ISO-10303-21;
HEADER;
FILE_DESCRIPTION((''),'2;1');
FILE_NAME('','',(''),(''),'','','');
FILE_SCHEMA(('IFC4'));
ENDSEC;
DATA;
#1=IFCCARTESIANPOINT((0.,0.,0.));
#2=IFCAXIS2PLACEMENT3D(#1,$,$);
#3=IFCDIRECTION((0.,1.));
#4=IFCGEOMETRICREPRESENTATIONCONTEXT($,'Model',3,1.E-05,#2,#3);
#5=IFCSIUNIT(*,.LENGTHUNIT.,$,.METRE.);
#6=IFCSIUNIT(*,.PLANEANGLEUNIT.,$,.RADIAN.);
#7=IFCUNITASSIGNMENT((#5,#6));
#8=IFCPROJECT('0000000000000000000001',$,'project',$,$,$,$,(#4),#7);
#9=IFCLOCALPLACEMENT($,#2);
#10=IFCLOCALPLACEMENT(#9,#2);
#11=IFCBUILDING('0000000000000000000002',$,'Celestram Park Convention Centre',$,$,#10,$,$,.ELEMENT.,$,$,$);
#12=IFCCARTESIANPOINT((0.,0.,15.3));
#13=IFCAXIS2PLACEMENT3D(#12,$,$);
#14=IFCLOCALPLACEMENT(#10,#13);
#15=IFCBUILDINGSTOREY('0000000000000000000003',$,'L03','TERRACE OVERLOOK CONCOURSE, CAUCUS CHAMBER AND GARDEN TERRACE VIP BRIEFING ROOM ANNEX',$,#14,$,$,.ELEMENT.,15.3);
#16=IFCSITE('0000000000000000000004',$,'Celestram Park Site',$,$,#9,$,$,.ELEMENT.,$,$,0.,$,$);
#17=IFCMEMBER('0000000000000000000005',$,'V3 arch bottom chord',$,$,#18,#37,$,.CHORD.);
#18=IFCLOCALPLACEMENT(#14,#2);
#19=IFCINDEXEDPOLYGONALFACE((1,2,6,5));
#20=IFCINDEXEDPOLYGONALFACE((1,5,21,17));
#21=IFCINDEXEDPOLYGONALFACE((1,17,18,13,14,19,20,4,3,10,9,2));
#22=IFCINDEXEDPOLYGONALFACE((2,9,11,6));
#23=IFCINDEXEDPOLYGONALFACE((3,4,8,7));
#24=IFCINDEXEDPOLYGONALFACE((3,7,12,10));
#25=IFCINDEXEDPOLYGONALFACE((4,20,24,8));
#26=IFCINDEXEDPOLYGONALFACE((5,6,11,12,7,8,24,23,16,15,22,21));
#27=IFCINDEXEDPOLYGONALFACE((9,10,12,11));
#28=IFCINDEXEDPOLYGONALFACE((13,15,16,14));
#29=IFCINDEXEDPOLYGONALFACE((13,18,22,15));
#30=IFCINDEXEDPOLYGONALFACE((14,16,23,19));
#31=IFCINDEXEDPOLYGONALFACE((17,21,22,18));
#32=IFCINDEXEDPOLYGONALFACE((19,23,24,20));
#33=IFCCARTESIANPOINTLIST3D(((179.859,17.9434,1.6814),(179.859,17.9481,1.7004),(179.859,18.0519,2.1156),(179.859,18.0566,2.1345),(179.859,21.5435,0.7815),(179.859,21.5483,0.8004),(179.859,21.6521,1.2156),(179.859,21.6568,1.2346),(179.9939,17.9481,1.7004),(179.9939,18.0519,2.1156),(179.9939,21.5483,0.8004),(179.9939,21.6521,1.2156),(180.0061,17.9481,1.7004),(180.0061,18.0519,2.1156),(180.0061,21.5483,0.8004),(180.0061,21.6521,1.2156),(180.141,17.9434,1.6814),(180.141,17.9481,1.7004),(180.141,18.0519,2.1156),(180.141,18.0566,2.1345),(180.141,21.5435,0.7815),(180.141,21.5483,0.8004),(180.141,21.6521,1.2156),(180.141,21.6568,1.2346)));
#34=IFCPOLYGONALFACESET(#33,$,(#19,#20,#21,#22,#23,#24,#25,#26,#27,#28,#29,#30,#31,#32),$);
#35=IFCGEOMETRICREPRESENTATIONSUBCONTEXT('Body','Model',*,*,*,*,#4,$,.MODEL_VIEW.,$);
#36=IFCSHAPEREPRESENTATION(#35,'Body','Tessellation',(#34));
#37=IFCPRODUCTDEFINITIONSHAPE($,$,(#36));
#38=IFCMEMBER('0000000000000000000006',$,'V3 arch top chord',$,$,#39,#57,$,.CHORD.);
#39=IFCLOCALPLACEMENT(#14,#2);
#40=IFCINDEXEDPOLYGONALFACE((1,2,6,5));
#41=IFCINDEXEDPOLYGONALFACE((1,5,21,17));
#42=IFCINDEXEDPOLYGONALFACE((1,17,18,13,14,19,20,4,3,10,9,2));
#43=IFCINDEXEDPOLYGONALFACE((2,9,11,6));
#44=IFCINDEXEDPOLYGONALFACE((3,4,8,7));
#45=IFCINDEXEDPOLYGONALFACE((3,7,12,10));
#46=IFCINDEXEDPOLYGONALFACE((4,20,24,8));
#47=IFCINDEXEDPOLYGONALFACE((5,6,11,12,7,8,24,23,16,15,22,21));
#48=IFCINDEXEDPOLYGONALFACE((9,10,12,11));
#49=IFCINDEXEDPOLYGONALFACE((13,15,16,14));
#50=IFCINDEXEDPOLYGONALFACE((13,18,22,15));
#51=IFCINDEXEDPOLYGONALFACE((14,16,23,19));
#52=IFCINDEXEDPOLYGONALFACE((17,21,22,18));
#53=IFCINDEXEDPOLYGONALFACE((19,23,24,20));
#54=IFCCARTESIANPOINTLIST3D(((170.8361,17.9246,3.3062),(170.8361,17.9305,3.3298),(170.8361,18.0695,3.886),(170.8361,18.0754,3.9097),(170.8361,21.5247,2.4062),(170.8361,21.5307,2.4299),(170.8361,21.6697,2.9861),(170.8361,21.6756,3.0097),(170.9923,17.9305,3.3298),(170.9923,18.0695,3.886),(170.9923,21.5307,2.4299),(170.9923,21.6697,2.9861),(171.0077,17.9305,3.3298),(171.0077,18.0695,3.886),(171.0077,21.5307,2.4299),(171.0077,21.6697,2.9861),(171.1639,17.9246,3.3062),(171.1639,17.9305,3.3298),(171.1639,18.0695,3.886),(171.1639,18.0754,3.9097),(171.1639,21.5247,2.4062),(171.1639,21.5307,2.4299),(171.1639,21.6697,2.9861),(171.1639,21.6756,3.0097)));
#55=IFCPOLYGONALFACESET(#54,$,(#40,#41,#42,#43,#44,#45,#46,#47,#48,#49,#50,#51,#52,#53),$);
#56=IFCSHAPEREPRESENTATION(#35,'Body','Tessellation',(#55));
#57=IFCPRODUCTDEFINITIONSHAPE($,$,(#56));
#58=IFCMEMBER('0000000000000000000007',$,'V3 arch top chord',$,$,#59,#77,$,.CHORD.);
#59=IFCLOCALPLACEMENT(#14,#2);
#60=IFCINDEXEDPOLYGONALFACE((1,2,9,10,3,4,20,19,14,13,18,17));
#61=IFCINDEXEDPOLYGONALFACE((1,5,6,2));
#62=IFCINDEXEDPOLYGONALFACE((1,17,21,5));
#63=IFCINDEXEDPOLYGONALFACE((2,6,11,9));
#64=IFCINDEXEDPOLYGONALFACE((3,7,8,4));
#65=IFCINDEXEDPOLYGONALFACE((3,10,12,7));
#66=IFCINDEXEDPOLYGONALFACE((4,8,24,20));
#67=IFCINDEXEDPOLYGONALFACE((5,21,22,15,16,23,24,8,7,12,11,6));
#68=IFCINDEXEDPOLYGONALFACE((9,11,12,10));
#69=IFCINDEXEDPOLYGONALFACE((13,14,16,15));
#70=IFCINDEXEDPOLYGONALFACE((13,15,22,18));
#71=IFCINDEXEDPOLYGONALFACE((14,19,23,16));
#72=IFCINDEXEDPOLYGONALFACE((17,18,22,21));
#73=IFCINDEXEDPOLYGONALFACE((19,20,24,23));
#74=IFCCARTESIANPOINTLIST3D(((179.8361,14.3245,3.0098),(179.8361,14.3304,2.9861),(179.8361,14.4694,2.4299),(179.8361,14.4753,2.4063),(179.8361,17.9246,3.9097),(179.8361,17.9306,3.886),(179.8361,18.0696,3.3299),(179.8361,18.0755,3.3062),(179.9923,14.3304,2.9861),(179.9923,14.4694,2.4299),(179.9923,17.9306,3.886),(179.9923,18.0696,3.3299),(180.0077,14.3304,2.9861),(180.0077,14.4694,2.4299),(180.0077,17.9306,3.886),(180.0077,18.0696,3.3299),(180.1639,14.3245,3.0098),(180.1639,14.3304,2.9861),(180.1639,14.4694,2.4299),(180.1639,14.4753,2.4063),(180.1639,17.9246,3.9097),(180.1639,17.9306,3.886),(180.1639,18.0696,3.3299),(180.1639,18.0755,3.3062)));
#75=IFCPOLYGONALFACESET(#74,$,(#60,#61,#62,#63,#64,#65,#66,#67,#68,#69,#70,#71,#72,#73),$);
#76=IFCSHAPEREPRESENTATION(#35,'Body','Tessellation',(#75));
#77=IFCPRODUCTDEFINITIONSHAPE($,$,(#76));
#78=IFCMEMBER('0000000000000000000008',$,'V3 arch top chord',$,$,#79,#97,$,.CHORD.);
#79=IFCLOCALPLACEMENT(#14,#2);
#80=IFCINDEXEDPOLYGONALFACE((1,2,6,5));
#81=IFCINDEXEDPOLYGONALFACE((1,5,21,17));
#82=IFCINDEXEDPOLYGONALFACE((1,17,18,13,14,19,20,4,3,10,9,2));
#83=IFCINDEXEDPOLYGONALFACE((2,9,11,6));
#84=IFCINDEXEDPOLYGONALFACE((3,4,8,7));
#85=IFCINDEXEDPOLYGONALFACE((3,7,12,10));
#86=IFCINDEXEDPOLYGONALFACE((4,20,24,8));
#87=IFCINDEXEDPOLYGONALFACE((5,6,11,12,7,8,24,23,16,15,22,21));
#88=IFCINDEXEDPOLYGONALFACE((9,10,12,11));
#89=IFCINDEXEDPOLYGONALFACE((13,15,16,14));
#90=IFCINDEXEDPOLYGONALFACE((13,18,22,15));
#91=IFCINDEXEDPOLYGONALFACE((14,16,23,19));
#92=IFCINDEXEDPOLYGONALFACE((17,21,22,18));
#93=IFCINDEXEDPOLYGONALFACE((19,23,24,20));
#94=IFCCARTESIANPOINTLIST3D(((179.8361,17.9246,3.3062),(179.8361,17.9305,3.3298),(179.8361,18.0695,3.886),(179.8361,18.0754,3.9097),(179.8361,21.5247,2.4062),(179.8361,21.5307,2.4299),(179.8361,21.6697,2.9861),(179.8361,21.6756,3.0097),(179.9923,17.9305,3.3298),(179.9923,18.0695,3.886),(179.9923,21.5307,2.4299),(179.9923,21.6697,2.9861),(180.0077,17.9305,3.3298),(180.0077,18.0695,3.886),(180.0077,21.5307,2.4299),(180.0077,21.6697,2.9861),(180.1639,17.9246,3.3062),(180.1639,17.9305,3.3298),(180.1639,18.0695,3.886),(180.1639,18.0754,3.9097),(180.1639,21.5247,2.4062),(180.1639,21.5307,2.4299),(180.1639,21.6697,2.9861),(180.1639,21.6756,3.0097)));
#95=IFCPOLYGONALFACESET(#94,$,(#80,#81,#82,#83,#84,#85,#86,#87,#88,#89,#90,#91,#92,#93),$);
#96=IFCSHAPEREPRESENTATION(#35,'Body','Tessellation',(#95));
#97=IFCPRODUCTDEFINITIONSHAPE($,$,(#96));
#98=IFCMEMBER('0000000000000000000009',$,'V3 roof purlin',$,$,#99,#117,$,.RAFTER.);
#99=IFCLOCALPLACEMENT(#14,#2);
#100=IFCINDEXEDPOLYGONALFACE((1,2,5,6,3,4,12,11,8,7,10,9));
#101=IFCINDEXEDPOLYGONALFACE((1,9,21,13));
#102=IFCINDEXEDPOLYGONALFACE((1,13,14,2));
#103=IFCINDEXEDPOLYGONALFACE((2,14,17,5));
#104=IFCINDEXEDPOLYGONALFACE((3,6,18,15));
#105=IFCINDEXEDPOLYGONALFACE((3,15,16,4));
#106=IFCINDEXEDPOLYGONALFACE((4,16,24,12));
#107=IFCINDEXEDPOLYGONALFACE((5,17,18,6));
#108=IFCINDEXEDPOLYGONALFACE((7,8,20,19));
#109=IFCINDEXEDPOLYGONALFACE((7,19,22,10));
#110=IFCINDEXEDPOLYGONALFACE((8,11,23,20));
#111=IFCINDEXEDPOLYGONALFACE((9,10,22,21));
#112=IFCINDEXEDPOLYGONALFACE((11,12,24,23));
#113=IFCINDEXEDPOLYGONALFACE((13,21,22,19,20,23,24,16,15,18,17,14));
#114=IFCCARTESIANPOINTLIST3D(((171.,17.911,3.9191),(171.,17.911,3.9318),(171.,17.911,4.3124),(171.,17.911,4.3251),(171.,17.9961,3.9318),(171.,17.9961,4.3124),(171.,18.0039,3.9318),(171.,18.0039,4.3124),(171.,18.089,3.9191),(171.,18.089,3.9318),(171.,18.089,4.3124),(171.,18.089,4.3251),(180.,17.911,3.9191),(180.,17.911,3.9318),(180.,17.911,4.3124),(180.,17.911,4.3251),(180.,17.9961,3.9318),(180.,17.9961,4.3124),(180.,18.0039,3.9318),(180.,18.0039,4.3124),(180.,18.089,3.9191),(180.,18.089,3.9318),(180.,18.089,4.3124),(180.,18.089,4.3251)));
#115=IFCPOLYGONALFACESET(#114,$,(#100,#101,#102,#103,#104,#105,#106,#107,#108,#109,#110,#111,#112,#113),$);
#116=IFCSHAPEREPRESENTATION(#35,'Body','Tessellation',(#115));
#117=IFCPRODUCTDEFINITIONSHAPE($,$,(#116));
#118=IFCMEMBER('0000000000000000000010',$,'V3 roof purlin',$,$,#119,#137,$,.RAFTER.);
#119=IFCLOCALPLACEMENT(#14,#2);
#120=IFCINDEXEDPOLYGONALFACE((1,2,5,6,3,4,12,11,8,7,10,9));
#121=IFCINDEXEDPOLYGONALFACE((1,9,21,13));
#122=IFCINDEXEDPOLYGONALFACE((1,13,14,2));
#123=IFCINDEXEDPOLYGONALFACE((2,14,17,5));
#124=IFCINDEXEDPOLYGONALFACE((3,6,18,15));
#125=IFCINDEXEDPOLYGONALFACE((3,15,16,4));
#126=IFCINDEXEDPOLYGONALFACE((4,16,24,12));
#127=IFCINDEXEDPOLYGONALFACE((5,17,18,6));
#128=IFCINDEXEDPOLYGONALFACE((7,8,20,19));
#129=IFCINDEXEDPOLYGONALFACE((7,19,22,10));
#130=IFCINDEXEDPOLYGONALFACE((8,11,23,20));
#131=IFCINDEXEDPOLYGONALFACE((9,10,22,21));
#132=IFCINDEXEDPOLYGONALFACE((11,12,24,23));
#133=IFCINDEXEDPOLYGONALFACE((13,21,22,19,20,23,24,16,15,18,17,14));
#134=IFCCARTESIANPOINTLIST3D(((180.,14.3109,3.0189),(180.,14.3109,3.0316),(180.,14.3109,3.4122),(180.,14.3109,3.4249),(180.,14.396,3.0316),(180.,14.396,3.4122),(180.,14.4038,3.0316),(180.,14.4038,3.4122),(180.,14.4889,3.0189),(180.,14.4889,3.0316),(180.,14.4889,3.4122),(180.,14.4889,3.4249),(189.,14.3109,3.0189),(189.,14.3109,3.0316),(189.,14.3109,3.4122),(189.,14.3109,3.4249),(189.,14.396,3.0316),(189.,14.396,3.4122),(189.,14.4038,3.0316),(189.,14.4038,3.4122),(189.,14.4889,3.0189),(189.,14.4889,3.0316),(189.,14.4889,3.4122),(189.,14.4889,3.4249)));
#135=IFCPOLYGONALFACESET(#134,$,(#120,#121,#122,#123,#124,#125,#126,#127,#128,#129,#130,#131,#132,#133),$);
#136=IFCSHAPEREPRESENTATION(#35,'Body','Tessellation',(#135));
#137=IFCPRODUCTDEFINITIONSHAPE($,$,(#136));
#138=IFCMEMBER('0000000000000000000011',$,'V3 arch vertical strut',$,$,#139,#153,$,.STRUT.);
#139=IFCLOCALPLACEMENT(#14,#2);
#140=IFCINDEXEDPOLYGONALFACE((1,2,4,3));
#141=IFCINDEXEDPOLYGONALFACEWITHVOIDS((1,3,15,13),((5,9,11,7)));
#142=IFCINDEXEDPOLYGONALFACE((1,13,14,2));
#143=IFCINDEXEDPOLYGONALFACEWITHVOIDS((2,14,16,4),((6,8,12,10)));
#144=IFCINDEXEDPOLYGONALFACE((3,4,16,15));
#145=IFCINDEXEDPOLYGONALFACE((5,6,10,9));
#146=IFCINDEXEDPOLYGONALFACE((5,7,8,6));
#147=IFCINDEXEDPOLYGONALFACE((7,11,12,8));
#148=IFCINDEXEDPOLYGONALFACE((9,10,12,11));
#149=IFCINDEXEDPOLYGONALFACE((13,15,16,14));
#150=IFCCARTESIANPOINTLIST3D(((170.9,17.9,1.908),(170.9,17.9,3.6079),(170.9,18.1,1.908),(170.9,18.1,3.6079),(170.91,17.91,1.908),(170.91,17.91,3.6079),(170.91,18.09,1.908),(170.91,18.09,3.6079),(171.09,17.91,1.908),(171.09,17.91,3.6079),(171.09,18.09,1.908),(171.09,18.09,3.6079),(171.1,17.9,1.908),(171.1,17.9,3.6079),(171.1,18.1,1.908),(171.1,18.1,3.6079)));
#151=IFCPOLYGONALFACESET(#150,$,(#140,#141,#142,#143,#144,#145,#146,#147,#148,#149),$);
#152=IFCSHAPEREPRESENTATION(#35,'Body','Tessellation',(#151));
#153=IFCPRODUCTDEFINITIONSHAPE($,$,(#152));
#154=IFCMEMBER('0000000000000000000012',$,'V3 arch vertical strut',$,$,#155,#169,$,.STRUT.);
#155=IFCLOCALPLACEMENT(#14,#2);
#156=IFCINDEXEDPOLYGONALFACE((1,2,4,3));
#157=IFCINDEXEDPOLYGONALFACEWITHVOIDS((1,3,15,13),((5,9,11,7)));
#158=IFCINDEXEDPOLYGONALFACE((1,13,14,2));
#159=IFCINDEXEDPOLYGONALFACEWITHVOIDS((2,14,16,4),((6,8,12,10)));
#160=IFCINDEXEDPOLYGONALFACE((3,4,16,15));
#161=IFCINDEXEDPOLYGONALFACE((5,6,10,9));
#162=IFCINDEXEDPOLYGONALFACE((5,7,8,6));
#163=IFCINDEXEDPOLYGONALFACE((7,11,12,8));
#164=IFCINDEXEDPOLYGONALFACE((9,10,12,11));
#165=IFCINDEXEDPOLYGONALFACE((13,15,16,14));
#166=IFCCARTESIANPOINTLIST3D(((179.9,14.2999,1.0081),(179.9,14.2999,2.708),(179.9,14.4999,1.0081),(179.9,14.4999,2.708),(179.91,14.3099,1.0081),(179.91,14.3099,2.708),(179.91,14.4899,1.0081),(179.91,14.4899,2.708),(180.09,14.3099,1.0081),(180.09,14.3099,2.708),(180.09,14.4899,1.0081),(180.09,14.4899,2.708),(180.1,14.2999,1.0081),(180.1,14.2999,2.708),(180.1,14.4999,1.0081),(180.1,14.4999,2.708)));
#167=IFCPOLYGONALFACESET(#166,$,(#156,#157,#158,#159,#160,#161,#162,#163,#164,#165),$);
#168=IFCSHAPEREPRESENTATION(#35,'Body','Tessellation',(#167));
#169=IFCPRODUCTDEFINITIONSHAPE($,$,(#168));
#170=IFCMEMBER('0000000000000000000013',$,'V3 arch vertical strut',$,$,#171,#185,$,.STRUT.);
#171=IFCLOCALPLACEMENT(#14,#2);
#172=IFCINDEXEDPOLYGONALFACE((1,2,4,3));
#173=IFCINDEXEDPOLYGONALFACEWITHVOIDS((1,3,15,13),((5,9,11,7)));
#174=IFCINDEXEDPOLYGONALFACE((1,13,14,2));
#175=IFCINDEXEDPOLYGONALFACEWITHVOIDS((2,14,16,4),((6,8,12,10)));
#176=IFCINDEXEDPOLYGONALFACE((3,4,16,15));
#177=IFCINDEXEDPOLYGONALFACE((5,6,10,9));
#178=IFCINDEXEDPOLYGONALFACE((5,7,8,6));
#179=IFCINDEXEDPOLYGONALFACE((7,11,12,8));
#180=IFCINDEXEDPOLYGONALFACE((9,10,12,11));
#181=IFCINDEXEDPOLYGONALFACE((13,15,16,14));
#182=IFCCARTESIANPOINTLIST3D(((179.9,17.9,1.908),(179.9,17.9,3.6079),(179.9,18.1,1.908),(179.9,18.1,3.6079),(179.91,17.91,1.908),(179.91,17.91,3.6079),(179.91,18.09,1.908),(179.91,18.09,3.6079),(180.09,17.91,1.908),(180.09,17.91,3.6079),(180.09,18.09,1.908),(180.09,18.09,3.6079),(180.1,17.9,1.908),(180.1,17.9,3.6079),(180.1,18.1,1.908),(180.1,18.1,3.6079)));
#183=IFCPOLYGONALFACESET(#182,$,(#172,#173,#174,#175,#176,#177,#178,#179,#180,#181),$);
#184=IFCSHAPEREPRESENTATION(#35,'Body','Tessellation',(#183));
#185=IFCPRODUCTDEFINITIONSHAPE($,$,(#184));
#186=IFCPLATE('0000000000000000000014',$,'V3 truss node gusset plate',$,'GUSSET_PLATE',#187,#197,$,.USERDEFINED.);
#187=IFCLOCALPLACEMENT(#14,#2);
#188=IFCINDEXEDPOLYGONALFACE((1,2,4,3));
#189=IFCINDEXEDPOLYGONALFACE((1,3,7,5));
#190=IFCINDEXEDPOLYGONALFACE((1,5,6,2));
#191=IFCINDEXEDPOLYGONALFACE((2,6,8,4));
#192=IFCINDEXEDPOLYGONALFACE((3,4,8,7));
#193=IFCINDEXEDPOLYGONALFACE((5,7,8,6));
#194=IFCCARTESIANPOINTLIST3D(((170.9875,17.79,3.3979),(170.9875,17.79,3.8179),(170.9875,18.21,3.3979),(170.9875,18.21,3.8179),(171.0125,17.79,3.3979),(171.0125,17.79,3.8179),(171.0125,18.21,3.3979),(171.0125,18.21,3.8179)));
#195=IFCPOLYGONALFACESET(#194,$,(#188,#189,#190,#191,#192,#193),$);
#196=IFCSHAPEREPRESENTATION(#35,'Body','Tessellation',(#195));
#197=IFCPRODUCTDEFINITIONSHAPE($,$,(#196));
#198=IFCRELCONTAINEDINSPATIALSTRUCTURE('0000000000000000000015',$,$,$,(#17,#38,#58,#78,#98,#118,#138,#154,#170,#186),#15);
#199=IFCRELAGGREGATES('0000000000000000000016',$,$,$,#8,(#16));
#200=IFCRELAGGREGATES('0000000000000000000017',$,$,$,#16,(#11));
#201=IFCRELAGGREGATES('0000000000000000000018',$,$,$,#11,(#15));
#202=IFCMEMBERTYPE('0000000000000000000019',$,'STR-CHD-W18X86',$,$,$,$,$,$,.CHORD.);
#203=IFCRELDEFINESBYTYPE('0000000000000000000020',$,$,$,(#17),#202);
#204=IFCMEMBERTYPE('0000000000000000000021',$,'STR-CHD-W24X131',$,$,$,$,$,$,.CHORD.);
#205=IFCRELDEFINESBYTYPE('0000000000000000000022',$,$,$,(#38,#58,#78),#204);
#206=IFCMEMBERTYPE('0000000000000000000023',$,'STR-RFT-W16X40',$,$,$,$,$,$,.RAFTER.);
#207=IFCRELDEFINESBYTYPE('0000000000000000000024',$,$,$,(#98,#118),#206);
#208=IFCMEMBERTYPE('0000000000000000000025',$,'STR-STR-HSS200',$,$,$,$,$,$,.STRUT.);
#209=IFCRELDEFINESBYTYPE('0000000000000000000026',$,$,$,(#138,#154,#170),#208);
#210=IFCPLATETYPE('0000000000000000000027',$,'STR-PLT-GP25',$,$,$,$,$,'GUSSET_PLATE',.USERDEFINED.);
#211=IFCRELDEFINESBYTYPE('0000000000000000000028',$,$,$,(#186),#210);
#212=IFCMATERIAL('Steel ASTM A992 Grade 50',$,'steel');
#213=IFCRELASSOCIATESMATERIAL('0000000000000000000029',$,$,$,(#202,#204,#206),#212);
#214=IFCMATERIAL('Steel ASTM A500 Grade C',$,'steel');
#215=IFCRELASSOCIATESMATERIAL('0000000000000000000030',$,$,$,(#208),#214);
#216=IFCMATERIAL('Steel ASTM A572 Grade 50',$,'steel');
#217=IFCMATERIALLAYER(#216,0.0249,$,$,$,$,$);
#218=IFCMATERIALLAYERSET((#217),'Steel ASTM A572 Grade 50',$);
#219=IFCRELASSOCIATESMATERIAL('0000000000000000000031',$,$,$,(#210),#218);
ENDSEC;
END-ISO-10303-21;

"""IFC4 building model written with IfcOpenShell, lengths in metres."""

from ifc_helpers import new_model, si_unit, direction, frame, origin, origin_2d, place, context, subcontext, project, spatial, rectangle, hollow_rectangle, i_section, extrude, material, layer, layer_set, material_profile, profile_set, type_object, element, save


model = new_model("IFC4")

# Units and contexts
model_context = context("Model", 3, precision=1e-05, world=origin(), true_north=direction((0.0, 1.0)))
body_context = subcontext(model_context, "Body", "Model", "MODEL_VIEW")
ifc_project = project(units=[si_unit("LENGTHUNIT", "METRE"), si_unit("PLANEANGLEUNIT", "RADIAN")], contexts=[model_context])

# Site, building, storey
site_placement = place(None, origin())
site = spatial("IfcSite", under=ifc_project, at=site_placement, Name="Celestram Park Site", CompositionType="ELEMENT", RefElevation=0.0)
building_placement = place(site_placement, origin())
building = spatial("IfcBuilding", under=site, at=building_placement, Name="Celestram Park Convention Centre", CompositionType="ELEMENT")
storey_placement = place(building_placement, frame((0.0, 0.0, 15.3)))
storey = spatial("IfcBuildingStorey", under=building, at=storey_placement, Name="L03", Description="TERRACE OVERLOOK CONCOURSE, CAUCUS CHAMBER AND GARDEN TERRACE VIP BRIEFING ROOM ANNEX", CompositionType="ELEMENT", Elevation=15.3)

# Members
ifc_material_1 = material(Name="Steel ASTM A500 Grade C", Category="steel")
ifc_material_2 = material(Name="Steel ASTM A992 Grade 50", Category="steel")
ifc_material_profile_1 = material_profile(ifc_material_2, i_section(OverallWidth=0.282, OverallDepth=0.467, WebThickness=0.0122, FlangeThickness=0.0195, at=origin_2d()), Name="W18X86")
ifc_profile_set_1 = profile_set([ifc_material_profile_1], Name="Steel ASTM A992 Grade 50")
member_type_1 = type_object("IfcMemberType", Name="STR-CHD-W18X86", PredefinedType="CHORD", material=ifc_profile_set_1)
for number, where, z_axis, x_axis, name in (
    (1, (180.0, 18.0, 1.908), (0.0, 0.97015, -0.242505), (-1.0, 0.0, 0.0), "V3 arch bottom chord"),
):
    element("IfcMember", number, at=place(storey_placement, frame(where, z_axis=z_axis, x_axis=x_axis)), inside=storey, type_object=member_type_1, Name=name, PredefinedType="CHORD", context=body_context, shape_type="SweptSolid", body=[
        extrude(i_section(OverallWidth=0.282, OverallDepth=0.467, WebThickness=0.0122, FlangeThickness=0.0195, at=origin_2d()), origin(), (0.0, 0.0, 1.0), 3.7109),
    ])
ifc_material_profile_2 = material_profile(ifc_material_2, i_section(OverallWidth=0.3279, OverallDepth=0.6221, WebThickness=0.0154, FlangeThickness=0.0244, at=origin_2d()), Name="W24X131")
ifc_profile_set_2 = profile_set([ifc_material_profile_2], Name="Steel ASTM A992 Grade 50")
member_type_2 = type_object("IfcMemberType", Name="STR-CHD-W24X131", PredefinedType="CHORD", material=ifc_profile_set_2)
for number, where, z_axis, x_axis, name in (
    (2, (171.0, 18.0, 3.6079), (0.0, 0.97015, -0.242505), (-1.0, 0.0, 0.0), "V3 arch top chord"),
    (3, (180.0, 14.3999, 2.708), (0.0, 0.97015, 0.242505), (-1.0, 0.0, 0.0), "V3 arch top chord"),
    (4, (180.0, 18.0, 3.6079), (0.0, 0.97015, -0.242505), (-1.0, 0.0, 0.0), "V3 arch top chord"),
):
    element("IfcMember", number, at=place(storey_placement, frame(where, z_axis=z_axis, x_axis=x_axis)), inside=storey, type_object=member_type_2, Name=name, PredefinedType="CHORD", context=body_context, shape_type="SweptSolid", body=[
        extrude(i_section(OverallWidth=0.3279, OverallDepth=0.6221, WebThickness=0.0154, FlangeThickness=0.0244, at=origin_2d()), origin(), (0.0, 0.0, 1.0), 3.7109),
    ])
ifc_material_profile_3 = material_profile(ifc_material_2, i_section(OverallWidth=0.178, OverallDepth=0.406, WebThickness=0.0078, FlangeThickness=0.0127, at=origin_2d()), Name="W16X40")
ifc_profile_set_3 = profile_set([ifc_material_profile_3], Name="Steel ASTM A992 Grade 50")
member_type_3 = type_object("IfcMemberType", Name="STR-RFT-W16X40", PredefinedType="RAFTER", material=ifc_profile_set_3)
for number, where, z_axis, x_axis, name in (
    (5, (171.0, 18.0, 4.1221), (1.0, 0.0, 0.0), (0.0, 1.0, 0.0), "V3 roof purlin"),
    (6, (180.0, 14.3999, 3.2219), (1.0, 0.0, 0.0), (0.0, 1.0, 0.0), "V3 roof purlin"),
):
    element("IfcMember", number, at=place(storey_placement, frame(where, z_axis=z_axis, x_axis=x_axis)), inside=storey, type_object=member_type_3, Name=name, PredefinedType="RAFTER", context=body_context, shape_type="SweptSolid", body=[
        extrude(i_section(OverallWidth=0.178, OverallDepth=0.406, WebThickness=0.0078, FlangeThickness=0.0127, at=origin_2d()), origin(), (0.0, 0.0, 1.0), 9.0),
    ])
ifc_material_profile_4 = material_profile(ifc_material_1, hollow_rectangle(XDim=0.2, YDim=0.2, WallThickness=0.01, at=origin_2d()), Name="HSS200X200X10")
ifc_profile_set_4 = profile_set([ifc_material_profile_4], Name="Steel ASTM A500 Grade C")
member_type_4 = type_object("IfcMemberType", Name="STR-STR-HSS200", PredefinedType="STRUT", material=ifc_profile_set_4)
for number, where, z_axis, x_axis, name in (
    (7, (171.0, 18.0, 1.908), (0.0, 0.0, 1.0), (1.0, 0.0, 0.0), "V3 arch vertical strut"),
    (8, (180.0, 14.3999, 1.0081), (0.0, 0.0, 1.0), (1.0, 0.0, 0.0), "V3 arch vertical strut"),
    (9, (180.0, 18.0, 1.908), (0.0, 0.0, 1.0), (1.0, 0.0, 0.0), "V3 arch vertical strut"),
):
    element("IfcMember", number, at=place(storey_placement, frame(where, z_axis=z_axis, x_axis=x_axis)), inside=storey, type_object=member_type_4, Name=name, PredefinedType="STRUT", context=body_context, shape_type="SweptSolid", body=[
        extrude(hollow_rectangle(XDim=0.2, YDim=0.2, WallThickness=0.01, at=origin_2d()), origin(), (0.0, 0.0, 1.0), 1.7),
    ])

# Plate
ifc_material_3 = material(Name="Steel ASTM A572 Grade 50", Category="steel")
ifc_layer_1 = layer(ifc_material_3, 0.0249)
ifc_layer_set_1 = layer_set([ifc_layer_1], Name="Steel ASTM A572 Grade 50")
plate_type = type_object("IfcPlateType", Name="STR-PLT-GP25", ElementType="GUSSET_PLATE", PredefinedType="USERDEFINED", material=ifc_layer_set_1)
for number, where, z_axis, x_axis, name in (
    (10, (171.0, 18.0, 3.3979), (0.0, 0.0, 1.0), (0.0, 1.0, 0.0), "V3 truss node gusset plate"),
):
    element("IfcPlate", number, at=place(storey_placement, frame(where, z_axis=z_axis, x_axis=x_axis)), inside=storey, type_object=plate_type, Name=name, ObjectType="GUSSET_PLATE", PredefinedType="USERDEFINED", context=body_context, shape_type="SweptSolid", body=[
        extrude(rectangle(XDim=0.4199, YDim=0.0249, at=origin_2d()), origin(), (0.0, 0.0, 1.0), 0.4199),
    ])

save(model, "model.ifc")
